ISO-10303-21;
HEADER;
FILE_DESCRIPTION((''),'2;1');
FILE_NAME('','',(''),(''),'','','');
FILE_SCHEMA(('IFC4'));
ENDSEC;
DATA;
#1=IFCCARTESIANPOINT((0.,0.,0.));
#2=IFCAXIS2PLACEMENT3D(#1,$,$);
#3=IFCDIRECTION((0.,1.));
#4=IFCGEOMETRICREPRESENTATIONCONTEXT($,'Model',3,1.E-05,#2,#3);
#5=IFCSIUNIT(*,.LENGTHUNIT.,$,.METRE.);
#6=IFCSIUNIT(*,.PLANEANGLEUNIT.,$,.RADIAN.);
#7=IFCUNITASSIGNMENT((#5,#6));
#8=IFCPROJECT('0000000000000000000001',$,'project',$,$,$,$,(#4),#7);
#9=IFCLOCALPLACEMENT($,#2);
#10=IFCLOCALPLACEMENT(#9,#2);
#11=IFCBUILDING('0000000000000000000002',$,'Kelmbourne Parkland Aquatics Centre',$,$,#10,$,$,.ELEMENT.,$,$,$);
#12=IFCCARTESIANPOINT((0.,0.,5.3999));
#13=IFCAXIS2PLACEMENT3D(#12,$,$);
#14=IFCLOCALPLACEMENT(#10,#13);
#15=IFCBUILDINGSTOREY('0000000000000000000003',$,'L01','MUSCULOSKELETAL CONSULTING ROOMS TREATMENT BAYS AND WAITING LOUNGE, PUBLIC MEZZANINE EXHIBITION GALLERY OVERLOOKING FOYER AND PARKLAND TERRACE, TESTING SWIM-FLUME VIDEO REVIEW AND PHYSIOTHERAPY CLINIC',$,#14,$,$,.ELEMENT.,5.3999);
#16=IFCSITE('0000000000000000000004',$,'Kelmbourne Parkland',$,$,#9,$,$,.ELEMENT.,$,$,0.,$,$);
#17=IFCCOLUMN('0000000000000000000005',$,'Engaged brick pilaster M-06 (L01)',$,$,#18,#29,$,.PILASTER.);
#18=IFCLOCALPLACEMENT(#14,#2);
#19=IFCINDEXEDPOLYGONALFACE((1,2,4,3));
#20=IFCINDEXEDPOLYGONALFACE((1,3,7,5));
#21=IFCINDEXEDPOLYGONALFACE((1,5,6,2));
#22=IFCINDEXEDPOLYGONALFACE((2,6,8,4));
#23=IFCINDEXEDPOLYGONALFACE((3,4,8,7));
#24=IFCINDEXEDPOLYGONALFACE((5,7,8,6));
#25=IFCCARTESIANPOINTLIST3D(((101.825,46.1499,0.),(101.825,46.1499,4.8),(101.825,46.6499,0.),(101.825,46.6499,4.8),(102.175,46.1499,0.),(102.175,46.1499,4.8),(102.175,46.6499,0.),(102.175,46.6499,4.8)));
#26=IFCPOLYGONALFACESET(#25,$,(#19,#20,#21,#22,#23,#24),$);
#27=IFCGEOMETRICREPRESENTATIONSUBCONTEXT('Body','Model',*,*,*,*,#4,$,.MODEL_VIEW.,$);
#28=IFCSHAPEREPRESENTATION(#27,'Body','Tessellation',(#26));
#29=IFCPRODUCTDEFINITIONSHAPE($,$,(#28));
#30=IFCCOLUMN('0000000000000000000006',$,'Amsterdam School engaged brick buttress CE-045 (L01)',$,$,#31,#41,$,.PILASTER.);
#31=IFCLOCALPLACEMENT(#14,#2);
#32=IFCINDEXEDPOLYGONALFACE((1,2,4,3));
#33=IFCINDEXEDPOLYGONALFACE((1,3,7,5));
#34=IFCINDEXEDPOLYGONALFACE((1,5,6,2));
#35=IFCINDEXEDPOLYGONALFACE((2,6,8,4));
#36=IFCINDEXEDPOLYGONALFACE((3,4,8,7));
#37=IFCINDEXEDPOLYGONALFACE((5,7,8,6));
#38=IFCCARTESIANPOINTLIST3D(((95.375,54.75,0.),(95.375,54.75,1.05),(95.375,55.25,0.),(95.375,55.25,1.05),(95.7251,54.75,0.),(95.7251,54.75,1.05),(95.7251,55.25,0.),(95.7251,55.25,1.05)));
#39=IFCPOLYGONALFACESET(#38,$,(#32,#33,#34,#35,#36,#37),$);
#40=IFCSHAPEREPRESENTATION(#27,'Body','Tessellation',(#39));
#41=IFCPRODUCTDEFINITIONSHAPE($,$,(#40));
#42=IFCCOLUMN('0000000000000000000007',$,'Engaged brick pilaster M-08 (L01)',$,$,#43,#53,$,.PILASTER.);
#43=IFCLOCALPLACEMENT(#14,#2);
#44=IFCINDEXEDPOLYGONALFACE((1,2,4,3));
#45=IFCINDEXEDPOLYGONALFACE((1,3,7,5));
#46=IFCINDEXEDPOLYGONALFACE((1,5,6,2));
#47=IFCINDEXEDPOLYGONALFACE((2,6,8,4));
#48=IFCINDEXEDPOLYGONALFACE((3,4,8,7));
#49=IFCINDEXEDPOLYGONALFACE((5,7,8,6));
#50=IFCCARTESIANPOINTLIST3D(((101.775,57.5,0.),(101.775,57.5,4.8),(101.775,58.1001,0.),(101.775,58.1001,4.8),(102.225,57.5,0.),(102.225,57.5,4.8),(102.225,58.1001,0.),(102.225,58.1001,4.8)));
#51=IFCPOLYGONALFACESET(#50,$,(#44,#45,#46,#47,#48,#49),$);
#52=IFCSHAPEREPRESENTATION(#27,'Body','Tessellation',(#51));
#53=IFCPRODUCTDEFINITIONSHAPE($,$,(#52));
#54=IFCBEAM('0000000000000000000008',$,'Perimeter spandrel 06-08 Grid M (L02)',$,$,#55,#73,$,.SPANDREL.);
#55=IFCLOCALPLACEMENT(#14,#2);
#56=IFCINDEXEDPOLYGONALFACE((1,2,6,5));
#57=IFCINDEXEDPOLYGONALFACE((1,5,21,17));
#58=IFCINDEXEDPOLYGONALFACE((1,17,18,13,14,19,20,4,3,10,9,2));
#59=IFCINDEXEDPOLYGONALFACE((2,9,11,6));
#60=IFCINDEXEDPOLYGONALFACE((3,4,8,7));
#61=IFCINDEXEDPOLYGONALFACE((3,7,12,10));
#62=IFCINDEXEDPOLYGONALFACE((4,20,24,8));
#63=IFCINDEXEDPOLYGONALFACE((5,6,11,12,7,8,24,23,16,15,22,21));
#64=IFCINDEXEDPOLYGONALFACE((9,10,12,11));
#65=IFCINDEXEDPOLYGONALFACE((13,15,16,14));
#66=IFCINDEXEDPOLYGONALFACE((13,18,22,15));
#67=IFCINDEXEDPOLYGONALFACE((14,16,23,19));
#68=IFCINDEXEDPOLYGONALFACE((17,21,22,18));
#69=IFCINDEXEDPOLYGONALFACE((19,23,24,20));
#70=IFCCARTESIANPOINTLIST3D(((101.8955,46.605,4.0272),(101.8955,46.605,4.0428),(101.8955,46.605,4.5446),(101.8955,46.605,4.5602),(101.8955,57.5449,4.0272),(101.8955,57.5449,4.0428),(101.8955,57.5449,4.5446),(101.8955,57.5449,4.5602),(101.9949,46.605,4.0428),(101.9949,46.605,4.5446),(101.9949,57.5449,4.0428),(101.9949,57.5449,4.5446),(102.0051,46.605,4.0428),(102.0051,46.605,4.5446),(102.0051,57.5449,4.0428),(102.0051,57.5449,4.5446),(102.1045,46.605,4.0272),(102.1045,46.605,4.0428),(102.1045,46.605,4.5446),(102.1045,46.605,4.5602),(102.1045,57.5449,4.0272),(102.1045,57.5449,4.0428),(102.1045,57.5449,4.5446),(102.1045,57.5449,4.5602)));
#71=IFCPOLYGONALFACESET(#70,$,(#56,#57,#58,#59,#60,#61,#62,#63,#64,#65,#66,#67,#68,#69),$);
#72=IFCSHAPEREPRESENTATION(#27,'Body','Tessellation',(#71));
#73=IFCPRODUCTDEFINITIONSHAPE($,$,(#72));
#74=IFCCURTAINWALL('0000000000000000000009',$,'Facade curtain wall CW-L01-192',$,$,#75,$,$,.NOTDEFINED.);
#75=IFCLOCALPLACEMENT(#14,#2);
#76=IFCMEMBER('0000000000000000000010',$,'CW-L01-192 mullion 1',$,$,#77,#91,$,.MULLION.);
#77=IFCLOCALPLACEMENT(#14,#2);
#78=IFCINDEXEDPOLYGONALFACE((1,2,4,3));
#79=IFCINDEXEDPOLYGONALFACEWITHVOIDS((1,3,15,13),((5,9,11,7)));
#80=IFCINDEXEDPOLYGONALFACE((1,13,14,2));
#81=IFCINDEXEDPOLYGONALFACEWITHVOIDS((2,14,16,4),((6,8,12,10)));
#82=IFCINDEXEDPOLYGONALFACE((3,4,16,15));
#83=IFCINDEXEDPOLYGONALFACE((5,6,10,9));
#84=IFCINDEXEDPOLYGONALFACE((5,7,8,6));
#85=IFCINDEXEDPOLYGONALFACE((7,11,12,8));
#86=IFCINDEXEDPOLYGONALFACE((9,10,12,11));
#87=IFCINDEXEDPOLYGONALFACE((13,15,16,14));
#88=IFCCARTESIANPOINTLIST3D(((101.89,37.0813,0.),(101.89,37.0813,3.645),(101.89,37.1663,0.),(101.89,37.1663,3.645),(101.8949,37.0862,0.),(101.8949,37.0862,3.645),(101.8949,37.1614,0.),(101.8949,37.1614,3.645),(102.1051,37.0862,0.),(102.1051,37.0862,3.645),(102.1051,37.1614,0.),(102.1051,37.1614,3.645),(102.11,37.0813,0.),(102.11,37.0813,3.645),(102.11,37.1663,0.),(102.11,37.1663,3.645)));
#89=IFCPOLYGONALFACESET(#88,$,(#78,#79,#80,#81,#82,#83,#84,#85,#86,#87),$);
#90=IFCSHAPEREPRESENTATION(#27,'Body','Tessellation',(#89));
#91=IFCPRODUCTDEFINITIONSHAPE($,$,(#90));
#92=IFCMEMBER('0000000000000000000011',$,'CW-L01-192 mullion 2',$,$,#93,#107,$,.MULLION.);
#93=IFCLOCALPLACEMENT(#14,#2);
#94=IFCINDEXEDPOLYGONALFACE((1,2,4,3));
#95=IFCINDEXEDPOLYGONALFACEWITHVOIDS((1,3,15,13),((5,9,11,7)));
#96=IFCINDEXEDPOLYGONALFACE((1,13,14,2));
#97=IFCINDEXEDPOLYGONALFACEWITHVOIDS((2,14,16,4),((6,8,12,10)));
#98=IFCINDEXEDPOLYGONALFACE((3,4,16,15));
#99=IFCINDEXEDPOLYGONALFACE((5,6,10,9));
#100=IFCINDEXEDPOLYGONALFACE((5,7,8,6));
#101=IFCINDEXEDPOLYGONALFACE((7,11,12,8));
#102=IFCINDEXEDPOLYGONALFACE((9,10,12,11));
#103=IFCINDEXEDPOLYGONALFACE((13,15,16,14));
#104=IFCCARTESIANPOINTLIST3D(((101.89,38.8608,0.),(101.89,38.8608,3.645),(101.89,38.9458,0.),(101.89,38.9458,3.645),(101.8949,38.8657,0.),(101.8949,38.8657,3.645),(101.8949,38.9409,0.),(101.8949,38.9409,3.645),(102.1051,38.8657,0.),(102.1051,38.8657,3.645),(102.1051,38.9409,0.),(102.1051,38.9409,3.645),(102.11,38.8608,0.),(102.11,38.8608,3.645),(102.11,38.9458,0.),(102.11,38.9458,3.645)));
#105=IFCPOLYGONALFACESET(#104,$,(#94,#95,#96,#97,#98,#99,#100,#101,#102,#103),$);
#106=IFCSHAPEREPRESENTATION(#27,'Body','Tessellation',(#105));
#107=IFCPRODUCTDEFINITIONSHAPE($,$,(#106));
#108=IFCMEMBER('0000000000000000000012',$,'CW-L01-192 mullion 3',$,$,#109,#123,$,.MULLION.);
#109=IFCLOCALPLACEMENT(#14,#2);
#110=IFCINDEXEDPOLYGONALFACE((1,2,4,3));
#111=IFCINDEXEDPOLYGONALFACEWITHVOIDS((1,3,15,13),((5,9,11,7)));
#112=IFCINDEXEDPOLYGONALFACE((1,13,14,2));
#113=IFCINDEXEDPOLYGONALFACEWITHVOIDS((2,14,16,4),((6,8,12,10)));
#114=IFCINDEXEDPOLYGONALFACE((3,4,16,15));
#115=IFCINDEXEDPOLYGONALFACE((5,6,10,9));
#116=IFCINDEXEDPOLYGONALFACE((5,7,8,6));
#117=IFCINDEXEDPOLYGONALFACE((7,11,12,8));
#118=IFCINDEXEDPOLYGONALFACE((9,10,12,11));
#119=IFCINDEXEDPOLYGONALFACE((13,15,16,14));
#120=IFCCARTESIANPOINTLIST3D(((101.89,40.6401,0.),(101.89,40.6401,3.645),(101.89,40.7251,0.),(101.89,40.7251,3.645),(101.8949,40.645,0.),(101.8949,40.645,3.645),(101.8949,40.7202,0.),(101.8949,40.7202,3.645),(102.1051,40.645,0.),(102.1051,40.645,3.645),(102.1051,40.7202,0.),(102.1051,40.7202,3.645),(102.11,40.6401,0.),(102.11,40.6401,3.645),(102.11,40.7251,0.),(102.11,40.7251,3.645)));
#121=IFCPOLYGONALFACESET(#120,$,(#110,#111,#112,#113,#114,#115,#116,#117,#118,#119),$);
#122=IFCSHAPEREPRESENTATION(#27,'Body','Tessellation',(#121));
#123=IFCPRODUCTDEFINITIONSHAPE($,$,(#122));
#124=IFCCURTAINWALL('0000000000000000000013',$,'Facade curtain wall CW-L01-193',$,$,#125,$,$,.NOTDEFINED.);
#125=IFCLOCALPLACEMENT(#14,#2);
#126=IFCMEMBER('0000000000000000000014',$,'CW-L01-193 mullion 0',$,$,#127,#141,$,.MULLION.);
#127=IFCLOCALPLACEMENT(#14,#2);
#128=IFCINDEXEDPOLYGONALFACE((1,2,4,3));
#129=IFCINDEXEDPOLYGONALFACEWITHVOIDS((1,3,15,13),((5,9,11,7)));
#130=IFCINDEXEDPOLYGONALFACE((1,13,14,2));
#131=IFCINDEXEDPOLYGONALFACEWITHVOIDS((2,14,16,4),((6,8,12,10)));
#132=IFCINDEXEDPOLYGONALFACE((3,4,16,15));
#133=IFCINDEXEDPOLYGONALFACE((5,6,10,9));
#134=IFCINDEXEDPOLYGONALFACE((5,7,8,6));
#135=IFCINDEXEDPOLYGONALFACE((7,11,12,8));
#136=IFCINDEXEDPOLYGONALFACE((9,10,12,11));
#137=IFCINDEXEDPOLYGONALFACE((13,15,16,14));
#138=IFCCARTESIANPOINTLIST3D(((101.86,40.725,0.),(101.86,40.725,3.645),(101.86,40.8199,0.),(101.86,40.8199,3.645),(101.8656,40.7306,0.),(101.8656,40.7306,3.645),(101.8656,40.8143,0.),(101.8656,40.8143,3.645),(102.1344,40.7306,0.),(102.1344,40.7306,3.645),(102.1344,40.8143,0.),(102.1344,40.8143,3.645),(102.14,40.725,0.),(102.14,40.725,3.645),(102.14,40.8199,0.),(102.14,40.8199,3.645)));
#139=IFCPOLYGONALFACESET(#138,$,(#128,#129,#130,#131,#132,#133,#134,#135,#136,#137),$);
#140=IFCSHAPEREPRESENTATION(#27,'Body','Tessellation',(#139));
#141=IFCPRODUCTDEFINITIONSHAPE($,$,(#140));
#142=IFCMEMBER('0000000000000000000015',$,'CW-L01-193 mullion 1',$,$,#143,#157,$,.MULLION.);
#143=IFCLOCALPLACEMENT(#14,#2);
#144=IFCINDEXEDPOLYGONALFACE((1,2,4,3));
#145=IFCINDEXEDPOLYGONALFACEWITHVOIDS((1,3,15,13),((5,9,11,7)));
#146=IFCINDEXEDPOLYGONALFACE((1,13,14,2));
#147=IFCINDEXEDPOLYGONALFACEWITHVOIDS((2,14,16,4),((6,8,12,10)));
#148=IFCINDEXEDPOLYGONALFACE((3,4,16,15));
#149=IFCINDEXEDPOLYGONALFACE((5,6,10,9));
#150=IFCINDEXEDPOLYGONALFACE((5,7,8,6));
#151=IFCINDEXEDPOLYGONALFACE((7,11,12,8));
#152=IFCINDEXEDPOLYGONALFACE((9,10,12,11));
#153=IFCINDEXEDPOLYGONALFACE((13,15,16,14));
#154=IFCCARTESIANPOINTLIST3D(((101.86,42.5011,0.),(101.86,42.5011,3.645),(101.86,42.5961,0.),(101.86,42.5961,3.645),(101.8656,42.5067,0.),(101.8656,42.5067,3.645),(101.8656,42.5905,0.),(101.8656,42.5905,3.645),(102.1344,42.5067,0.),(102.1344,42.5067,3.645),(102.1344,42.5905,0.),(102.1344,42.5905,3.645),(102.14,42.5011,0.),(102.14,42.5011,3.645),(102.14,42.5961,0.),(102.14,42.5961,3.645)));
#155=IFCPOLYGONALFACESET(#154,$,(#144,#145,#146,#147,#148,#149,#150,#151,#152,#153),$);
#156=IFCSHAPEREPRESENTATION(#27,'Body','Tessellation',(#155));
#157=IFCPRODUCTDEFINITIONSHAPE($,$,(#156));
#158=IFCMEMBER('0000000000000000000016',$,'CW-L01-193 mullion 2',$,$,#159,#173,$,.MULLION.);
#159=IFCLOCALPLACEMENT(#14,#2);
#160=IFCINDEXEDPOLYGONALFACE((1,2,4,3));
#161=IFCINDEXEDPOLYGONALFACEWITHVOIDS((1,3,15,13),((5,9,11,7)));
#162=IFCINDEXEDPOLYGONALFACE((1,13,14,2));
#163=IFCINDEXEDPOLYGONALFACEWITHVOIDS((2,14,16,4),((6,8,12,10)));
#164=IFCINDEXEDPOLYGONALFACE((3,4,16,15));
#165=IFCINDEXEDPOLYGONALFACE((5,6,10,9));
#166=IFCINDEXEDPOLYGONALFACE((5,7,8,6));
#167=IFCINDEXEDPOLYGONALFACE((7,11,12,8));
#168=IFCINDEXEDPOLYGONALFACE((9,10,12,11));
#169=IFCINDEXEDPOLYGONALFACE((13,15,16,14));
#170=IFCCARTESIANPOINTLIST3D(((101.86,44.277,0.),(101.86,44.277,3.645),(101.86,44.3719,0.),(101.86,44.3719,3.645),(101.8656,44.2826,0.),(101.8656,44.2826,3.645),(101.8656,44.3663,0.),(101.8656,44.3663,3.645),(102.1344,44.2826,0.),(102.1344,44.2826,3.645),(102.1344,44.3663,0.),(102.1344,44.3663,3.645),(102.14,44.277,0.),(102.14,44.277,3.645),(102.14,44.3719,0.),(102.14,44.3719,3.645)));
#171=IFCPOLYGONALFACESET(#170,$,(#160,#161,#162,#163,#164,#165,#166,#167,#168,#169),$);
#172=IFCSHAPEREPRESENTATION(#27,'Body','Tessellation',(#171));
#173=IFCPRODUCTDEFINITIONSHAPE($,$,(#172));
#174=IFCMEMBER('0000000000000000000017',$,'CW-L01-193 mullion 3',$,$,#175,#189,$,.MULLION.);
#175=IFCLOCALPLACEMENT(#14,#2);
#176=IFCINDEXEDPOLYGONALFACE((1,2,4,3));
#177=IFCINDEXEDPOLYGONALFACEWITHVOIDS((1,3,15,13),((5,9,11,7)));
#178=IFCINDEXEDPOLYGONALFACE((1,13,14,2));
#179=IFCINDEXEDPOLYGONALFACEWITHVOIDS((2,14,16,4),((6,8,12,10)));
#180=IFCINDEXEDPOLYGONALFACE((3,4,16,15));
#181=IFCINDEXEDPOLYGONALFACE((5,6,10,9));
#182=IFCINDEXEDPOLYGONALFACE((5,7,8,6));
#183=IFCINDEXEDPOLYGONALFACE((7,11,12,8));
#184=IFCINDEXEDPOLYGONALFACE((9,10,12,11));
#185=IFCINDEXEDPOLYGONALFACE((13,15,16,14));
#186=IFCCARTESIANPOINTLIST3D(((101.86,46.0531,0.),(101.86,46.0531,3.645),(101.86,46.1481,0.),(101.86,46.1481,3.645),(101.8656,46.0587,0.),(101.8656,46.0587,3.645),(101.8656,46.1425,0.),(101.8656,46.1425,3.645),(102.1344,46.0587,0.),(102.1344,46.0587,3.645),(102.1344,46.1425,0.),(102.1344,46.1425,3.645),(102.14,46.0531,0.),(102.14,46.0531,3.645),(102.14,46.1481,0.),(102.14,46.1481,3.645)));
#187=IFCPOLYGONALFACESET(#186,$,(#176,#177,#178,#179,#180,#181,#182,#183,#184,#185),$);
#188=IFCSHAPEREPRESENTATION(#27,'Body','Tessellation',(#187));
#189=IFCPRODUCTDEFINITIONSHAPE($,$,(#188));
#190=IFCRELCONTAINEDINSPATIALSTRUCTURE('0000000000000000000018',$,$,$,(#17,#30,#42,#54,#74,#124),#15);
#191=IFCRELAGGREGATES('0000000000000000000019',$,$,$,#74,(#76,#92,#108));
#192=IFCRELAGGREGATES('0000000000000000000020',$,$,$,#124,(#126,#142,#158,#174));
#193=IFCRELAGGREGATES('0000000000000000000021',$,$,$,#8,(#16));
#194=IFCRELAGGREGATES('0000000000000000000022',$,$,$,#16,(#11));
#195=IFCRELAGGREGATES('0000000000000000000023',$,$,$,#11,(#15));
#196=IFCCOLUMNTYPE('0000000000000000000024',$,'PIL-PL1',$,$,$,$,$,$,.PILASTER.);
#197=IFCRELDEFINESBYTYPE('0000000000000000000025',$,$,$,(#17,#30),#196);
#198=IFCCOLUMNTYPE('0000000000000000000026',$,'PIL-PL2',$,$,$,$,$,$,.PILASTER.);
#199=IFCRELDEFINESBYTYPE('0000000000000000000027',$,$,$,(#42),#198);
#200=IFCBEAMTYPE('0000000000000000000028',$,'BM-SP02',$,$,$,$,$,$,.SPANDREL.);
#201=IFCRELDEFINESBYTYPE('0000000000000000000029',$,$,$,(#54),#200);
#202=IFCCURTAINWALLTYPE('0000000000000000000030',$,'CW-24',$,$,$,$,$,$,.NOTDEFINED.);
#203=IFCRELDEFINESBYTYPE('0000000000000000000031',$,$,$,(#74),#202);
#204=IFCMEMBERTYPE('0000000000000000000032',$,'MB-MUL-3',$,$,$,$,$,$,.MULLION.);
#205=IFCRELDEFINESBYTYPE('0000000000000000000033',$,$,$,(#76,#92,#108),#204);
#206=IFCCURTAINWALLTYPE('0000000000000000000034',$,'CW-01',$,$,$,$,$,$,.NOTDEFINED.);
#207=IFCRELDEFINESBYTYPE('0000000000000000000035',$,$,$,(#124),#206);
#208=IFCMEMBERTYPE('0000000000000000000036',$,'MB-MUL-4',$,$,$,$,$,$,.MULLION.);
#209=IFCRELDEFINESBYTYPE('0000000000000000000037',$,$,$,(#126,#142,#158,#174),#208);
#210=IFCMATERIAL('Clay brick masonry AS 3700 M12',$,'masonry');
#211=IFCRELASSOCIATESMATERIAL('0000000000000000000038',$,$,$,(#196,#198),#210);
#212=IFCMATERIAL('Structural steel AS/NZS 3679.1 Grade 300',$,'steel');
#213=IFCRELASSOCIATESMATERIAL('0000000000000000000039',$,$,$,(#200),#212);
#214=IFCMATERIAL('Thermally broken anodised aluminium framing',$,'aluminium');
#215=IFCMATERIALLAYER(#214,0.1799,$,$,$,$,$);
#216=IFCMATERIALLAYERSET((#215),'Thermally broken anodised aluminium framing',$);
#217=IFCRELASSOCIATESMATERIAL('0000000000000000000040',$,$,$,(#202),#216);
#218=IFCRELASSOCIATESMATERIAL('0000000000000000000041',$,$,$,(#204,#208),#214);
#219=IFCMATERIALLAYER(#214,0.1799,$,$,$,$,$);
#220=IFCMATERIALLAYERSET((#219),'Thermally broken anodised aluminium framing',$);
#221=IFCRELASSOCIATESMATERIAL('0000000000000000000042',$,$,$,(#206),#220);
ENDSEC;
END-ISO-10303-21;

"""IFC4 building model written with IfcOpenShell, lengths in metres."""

from ifc_helpers import new_model, si_unit, direction, frame, origin, origin_2d, place, context, subcontext, project, spatial, rectangle, hollow_rectangle, i_section, extrude, material, layer, layer_set, material_profile, profile_set, type_object, element, aggregate, save


model = new_model("IFC4")

# Units and contexts
model_context = context("Model", 3, precision=1e-05, world=origin(), true_north=direction((0.0, 1.0)))
body_context = subcontext(model_context, "Body", "Model", "MODEL_VIEW")
ifc_project = project(units=[si_unit("LENGTHUNIT", "METRE"), si_unit("PLANEANGLEUNIT", "RADIAN")], contexts=[model_context])

# Site, building, storey
site_placement = place(None, origin())
site = spatial("IfcSite", under=ifc_project, at=site_placement, Name="Kelmbourne Parkland", CompositionType="ELEMENT", RefElevation=0.0)
building_placement = place(site_placement, origin())
building = spatial("IfcBuilding", under=site, at=building_placement, Name="Kelmbourne Parkland Aquatics Centre", CompositionType="ELEMENT")
storey_placement = place(building_placement, frame((0.0, 0.0, 5.3999)))
storey = spatial("IfcBuildingStorey", under=building, at=storey_placement, Name="L01", Description="MUSCULOSKELETAL CONSULTING ROOMS TREATMENT BAYS AND WAITING LOUNGE, PUBLIC MEZZANINE EXHIBITION GALLERY OVERLOOKING FOYER AND PARKLAND TERRACE, TESTING SWIM-FLUME VIDEO REVIEW AND PHYSIOTHERAPY CLINIC", CompositionType="ELEMENT", Elevation=5.3999)

# Columns
ifc_material_1 = material(Name="Clay brick masonry AS 3700 M12", Category="masonry")
ifc_material_profile_1 = material_profile(ifc_material_1, rectangle(XDim=0.3501, YDim=0.5, at=origin_2d()), Name="PIL 350x500")
ifc_profile_set_1 = profile_set([ifc_material_profile_1], Name="Clay brick masonry AS 3700 M12")
column_type_1 = type_object("IfcColumnType", Name="PIL-PL1", PredefinedType="PILASTER", material=ifc_profile_set_1)
column_1_placement = place(storey_placement, frame((102.0, 46.3999, 0.0), z_axis=(0.0, 0.0, 1.0), x_axis=(1.0, 0.0, 0.0)))
element("IfcColumn", 1, at=column_1_placement, inside=storey, type_object=column_type_1, Name="Engaged brick pilaster M-06 (L01)", PredefinedType="PILASTER", context=body_context, shape_type="SweptSolid", body=[
    extrude(rectangle(XDim=0.3501, YDim=0.5, at=origin_2d()), origin(), (0.0, 0.0, 1.0), 4.8),
])
column_2_placement = place(storey_placement, frame((95.55, 55.0, 0.0), z_axis=(0.0, 0.0, 1.0), x_axis=(1.0, 0.0, 0.0)))
element("IfcColumn", 2, at=column_2_placement, inside=storey, type_object=column_type_1, Name="Amsterdam School engaged brick buttress CE-045 (L01)", PredefinedType="PILASTER", context=body_context, shape_type="SweptSolid", body=[
    extrude(rectangle(XDim=0.3501, YDim=0.5, at=origin_2d()), origin(), (0.0, 0.0, 1.0), 1.05),
])
ifc_material_profile_2 = material_profile(ifc_material_1, rectangle(XDim=0.45, YDim=0.6001, at=origin_2d()), Name="PIL 450x600")
ifc_profile_set_2 = profile_set([ifc_material_profile_2], Name="Clay brick masonry AS 3700 M12")
column_type_2 = type_object("IfcColumnType", Name="PIL-PL2", PredefinedType="PILASTER", material=ifc_profile_set_2)
column_3_placement = place(storey_placement, frame((102.0, 57.8, 0.0), z_axis=(0.0, 0.0, 1.0), x_axis=(1.0, 0.0, 0.0)))
element("IfcColumn", 3, at=column_3_placement, inside=storey, type_object=column_type_2, Name="Engaged brick pilaster M-08 (L01)", PredefinedType="PILASTER", context=body_context, shape_type="SweptSolid", body=[
    extrude(rectangle(XDim=0.45, YDim=0.6001, at=origin_2d()), origin(), (0.0, 0.0, 1.0), 4.8),
])

# Beam
ifc_material_2 = material(Name="Structural steel AS/NZS 3679.1 Grade 300", Category="steel")
ifc_material_profile_3 = material_profile(ifc_material_2, i_section(OverallWidth=0.209, OverallDepth=0.533, WebThickness=0.0103, FlangeThickness=0.0156, at=origin_2d()), Name="530UB92.4")
ifc_profile_set_3 = profile_set([ifc_material_profile_3], Name="Structural steel AS/NZS 3679.1 Grade 300")
beam_type = type_object("IfcBeamType", Name="BM-SP02", PredefinedType="SPANDREL", material=ifc_profile_set_3)
beam_placement = place(storey_placement, frame((102.0, 46.605, 4.2937), z_axis=(0.0, 1.0, 0.0), x_axis=(-1.0, 0.0, 0.0)))
element("IfcBeam", 4, at=beam_placement, inside=storey, type_object=beam_type, Name="Perimeter spandrel 06-08 Grid M (L02)", PredefinedType="SPANDREL", context=body_context, shape_type="SweptSolid", body=[
    extrude(i_section(OverallWidth=0.209, OverallDepth=0.533, WebThickness=0.0103, FlangeThickness=0.0156, at=origin_2d()), origin(), (0.0, 0.0, 1.0), 10.9399),
])

# Curtain walls, members
ifc_material_3 = material(Name="Thermally broken anodised aluminium framing", Category="aluminium")
ifc_layer_1 = layer(ifc_material_3, 0.1799)
ifc_layer_set_1 = layer_set([ifc_layer_1], Name="Thermally broken anodised aluminium framing")
curtain_wall_type_1 = type_object("IfcCurtainWallType", Name="CW-24", PredefinedType="NOTDEFINED", material=ifc_layer_set_1)
curtain_wall_1_placement = place(storey_placement, origin())
curtain_wall_1 = element("IfcCurtainWall", 5, at=curtain_wall_1_placement, inside=storey, type_object=curtain_wall_type_1, Name="Facade curtain wall CW-L01-192", PredefinedType="NOTDEFINED")
ifc_material_profile_4 = material_profile(ifc_material_3, hollow_rectangle(XDim=0.085, YDim=0.22, WallThickness=0.0049, at=origin_2d()), Name="CW-M 85x220")
ifc_profile_set_4 = profile_set([ifc_material_profile_4], Name="Thermally broken anodised aluminium framing")
member_type_1 = type_object("IfcMemberType", Name="MB-MUL-3", PredefinedType="MULLION", material=ifc_profile_set_4)
member_1_placement = place(storey_placement, frame((102.0, 37.1238, 0.0), z_axis=(0.0, 0.0, 1.0), x_axis=(0.0, 1.0, 0.0)))
member_1 = element("IfcMember", 6, at=member_1_placement, type_object=member_type_1, Name="CW-L01-192 mullion 1", PredefinedType="MULLION", context=body_context, shape_type="SweptSolid", body=[
    extrude(hollow_rectangle(XDim=0.085, YDim=0.22, WallThickness=0.0049, at=origin_2d()), origin(), (0.0, 0.0, 1.0), 3.645),
])
member_2_placement = place(storey_placement, frame((102.0, 38.9033, 0.0), z_axis=(0.0, 0.0, 1.0), x_axis=(0.0, 1.0, 0.0)))
member_2 = element("IfcMember", 7, at=member_2_placement, type_object=member_type_1, Name="CW-L01-192 mullion 2", PredefinedType="MULLION", context=body_context, shape_type="SweptSolid", body=[
    extrude(hollow_rectangle(XDim=0.085, YDim=0.22, WallThickness=0.0049, at=origin_2d()), origin(), (0.0, 0.0, 1.0), 3.645),
])
member_3_placement = place(storey_placement, frame((102.0, 40.6826, 0.0), z_axis=(0.0, 0.0, 1.0), x_axis=(0.0, 1.0, 0.0)))
member_3 = element("IfcMember", 8, at=member_3_placement, type_object=member_type_1, Name="CW-L01-192 mullion 3", PredefinedType="MULLION", context=body_context, shape_type="SweptSolid", body=[
    extrude(hollow_rectangle(XDim=0.085, YDim=0.22, WallThickness=0.0049, at=origin_2d()), origin(), (0.0, 0.0, 1.0), 3.645),
])
ifc_layer_2 = layer(ifc_material_3, 0.1799)
ifc_layer_set_2 = layer_set([ifc_layer_2], Name="Thermally broken anodised aluminium framing")
curtain_wall_type_2 = type_object("IfcCurtainWallType", Name="CW-01", PredefinedType="NOTDEFINED", material=ifc_layer_set_2)
curtain_wall_2_placement = place(storey_placement, origin())
curtain_wall_2 = element("IfcCurtainWall", 9, at=curtain_wall_2_placement, inside=storey, type_object=curtain_wall_type_2, Name="Facade curtain wall CW-L01-193", PredefinedType="NOTDEFINED")
ifc_material_profile_5 = material_profile(ifc_material_3, hollow_rectangle(XDim=0.095, YDim=0.28, WallThickness=0.0056, at=origin_2d()), Name="CW-M 95x280")
ifc_profile_set_5 = profile_set([ifc_material_profile_5], Name="Thermally broken anodised aluminium framing")
member_type_2 = type_object("IfcMemberType", Name="MB-MUL-4", PredefinedType="MULLION", material=ifc_profile_set_5)
member_4_placement = place(storey_placement, frame((102.0, 40.7725, 0.0), z_axis=(0.0, 0.0, 1.0), x_axis=(0.0, 1.0, 0.0)))
member_4 = element("IfcMember", 10, at=member_4_placement, type_object=member_type_2, Name="CW-L01-193 mullion 0", PredefinedType="MULLION", context=body_context, shape_type="SweptSolid", body=[
    extrude(hollow_rectangle(XDim=0.095, YDim=0.28, WallThickness=0.0056, at=origin_2d()), origin(), (0.0, 0.0, 1.0), 3.645),
])
member_5_placement = place(storey_placement, frame((102.0, 42.5486, 0.0), z_axis=(0.0, 0.0, 1.0), x_axis=(0.0, 1.0, 0.0)))
member_5 = element("IfcMember", 11, at=member_5_placement, type_object=member_type_2, Name="CW-L01-193 mullion 1", PredefinedType="MULLION", context=body_context, shape_type="SweptSolid", body=[
    extrude(hollow_rectangle(XDim=0.095, YDim=0.28, WallThickness=0.0056, at=origin_2d()), origin(), (0.0, 0.0, 1.0), 3.645),
])
member_6_placement = place(storey_placement, frame((102.0, 44.3245, 0.0), z_axis=(0.0, 0.0, 1.0), x_axis=(0.0, 1.0, 0.0)))
member_6 = element("IfcMember", 12, at=member_6_placement, type_object=member_type_2, Name="CW-L01-193 mullion 2", PredefinedType="MULLION", context=body_context, shape_type="SweptSolid", body=[
    extrude(hollow_rectangle(XDim=0.095, YDim=0.28, WallThickness=0.0056, at=origin_2d()), origin(), (0.0, 0.0, 1.0), 3.645),
])
member_7_placement = place(storey_placement, frame((102.0, 46.1006, 0.0), z_axis=(0.0, 0.0, 1.0), x_axis=(0.0, 1.0, 0.0)))
member_7 = element("IfcMember", 13, at=member_7_placement, type_object=member_type_2, Name="CW-L01-193 mullion 3", PredefinedType="MULLION", context=body_context, shape_type="SweptSolid", body=[
    extrude(hollow_rectangle(XDim=0.095, YDim=0.28, WallThickness=0.0056, at=origin_2d()), origin(), (0.0, 0.0, 1.0), 3.645),
])

aggregate(curtain_wall_1, [member_1, member_2, member_3])
aggregate(curtain_wall_2, [member_4, member_5, member_6, member_7])

save(model, "model.ifc")
